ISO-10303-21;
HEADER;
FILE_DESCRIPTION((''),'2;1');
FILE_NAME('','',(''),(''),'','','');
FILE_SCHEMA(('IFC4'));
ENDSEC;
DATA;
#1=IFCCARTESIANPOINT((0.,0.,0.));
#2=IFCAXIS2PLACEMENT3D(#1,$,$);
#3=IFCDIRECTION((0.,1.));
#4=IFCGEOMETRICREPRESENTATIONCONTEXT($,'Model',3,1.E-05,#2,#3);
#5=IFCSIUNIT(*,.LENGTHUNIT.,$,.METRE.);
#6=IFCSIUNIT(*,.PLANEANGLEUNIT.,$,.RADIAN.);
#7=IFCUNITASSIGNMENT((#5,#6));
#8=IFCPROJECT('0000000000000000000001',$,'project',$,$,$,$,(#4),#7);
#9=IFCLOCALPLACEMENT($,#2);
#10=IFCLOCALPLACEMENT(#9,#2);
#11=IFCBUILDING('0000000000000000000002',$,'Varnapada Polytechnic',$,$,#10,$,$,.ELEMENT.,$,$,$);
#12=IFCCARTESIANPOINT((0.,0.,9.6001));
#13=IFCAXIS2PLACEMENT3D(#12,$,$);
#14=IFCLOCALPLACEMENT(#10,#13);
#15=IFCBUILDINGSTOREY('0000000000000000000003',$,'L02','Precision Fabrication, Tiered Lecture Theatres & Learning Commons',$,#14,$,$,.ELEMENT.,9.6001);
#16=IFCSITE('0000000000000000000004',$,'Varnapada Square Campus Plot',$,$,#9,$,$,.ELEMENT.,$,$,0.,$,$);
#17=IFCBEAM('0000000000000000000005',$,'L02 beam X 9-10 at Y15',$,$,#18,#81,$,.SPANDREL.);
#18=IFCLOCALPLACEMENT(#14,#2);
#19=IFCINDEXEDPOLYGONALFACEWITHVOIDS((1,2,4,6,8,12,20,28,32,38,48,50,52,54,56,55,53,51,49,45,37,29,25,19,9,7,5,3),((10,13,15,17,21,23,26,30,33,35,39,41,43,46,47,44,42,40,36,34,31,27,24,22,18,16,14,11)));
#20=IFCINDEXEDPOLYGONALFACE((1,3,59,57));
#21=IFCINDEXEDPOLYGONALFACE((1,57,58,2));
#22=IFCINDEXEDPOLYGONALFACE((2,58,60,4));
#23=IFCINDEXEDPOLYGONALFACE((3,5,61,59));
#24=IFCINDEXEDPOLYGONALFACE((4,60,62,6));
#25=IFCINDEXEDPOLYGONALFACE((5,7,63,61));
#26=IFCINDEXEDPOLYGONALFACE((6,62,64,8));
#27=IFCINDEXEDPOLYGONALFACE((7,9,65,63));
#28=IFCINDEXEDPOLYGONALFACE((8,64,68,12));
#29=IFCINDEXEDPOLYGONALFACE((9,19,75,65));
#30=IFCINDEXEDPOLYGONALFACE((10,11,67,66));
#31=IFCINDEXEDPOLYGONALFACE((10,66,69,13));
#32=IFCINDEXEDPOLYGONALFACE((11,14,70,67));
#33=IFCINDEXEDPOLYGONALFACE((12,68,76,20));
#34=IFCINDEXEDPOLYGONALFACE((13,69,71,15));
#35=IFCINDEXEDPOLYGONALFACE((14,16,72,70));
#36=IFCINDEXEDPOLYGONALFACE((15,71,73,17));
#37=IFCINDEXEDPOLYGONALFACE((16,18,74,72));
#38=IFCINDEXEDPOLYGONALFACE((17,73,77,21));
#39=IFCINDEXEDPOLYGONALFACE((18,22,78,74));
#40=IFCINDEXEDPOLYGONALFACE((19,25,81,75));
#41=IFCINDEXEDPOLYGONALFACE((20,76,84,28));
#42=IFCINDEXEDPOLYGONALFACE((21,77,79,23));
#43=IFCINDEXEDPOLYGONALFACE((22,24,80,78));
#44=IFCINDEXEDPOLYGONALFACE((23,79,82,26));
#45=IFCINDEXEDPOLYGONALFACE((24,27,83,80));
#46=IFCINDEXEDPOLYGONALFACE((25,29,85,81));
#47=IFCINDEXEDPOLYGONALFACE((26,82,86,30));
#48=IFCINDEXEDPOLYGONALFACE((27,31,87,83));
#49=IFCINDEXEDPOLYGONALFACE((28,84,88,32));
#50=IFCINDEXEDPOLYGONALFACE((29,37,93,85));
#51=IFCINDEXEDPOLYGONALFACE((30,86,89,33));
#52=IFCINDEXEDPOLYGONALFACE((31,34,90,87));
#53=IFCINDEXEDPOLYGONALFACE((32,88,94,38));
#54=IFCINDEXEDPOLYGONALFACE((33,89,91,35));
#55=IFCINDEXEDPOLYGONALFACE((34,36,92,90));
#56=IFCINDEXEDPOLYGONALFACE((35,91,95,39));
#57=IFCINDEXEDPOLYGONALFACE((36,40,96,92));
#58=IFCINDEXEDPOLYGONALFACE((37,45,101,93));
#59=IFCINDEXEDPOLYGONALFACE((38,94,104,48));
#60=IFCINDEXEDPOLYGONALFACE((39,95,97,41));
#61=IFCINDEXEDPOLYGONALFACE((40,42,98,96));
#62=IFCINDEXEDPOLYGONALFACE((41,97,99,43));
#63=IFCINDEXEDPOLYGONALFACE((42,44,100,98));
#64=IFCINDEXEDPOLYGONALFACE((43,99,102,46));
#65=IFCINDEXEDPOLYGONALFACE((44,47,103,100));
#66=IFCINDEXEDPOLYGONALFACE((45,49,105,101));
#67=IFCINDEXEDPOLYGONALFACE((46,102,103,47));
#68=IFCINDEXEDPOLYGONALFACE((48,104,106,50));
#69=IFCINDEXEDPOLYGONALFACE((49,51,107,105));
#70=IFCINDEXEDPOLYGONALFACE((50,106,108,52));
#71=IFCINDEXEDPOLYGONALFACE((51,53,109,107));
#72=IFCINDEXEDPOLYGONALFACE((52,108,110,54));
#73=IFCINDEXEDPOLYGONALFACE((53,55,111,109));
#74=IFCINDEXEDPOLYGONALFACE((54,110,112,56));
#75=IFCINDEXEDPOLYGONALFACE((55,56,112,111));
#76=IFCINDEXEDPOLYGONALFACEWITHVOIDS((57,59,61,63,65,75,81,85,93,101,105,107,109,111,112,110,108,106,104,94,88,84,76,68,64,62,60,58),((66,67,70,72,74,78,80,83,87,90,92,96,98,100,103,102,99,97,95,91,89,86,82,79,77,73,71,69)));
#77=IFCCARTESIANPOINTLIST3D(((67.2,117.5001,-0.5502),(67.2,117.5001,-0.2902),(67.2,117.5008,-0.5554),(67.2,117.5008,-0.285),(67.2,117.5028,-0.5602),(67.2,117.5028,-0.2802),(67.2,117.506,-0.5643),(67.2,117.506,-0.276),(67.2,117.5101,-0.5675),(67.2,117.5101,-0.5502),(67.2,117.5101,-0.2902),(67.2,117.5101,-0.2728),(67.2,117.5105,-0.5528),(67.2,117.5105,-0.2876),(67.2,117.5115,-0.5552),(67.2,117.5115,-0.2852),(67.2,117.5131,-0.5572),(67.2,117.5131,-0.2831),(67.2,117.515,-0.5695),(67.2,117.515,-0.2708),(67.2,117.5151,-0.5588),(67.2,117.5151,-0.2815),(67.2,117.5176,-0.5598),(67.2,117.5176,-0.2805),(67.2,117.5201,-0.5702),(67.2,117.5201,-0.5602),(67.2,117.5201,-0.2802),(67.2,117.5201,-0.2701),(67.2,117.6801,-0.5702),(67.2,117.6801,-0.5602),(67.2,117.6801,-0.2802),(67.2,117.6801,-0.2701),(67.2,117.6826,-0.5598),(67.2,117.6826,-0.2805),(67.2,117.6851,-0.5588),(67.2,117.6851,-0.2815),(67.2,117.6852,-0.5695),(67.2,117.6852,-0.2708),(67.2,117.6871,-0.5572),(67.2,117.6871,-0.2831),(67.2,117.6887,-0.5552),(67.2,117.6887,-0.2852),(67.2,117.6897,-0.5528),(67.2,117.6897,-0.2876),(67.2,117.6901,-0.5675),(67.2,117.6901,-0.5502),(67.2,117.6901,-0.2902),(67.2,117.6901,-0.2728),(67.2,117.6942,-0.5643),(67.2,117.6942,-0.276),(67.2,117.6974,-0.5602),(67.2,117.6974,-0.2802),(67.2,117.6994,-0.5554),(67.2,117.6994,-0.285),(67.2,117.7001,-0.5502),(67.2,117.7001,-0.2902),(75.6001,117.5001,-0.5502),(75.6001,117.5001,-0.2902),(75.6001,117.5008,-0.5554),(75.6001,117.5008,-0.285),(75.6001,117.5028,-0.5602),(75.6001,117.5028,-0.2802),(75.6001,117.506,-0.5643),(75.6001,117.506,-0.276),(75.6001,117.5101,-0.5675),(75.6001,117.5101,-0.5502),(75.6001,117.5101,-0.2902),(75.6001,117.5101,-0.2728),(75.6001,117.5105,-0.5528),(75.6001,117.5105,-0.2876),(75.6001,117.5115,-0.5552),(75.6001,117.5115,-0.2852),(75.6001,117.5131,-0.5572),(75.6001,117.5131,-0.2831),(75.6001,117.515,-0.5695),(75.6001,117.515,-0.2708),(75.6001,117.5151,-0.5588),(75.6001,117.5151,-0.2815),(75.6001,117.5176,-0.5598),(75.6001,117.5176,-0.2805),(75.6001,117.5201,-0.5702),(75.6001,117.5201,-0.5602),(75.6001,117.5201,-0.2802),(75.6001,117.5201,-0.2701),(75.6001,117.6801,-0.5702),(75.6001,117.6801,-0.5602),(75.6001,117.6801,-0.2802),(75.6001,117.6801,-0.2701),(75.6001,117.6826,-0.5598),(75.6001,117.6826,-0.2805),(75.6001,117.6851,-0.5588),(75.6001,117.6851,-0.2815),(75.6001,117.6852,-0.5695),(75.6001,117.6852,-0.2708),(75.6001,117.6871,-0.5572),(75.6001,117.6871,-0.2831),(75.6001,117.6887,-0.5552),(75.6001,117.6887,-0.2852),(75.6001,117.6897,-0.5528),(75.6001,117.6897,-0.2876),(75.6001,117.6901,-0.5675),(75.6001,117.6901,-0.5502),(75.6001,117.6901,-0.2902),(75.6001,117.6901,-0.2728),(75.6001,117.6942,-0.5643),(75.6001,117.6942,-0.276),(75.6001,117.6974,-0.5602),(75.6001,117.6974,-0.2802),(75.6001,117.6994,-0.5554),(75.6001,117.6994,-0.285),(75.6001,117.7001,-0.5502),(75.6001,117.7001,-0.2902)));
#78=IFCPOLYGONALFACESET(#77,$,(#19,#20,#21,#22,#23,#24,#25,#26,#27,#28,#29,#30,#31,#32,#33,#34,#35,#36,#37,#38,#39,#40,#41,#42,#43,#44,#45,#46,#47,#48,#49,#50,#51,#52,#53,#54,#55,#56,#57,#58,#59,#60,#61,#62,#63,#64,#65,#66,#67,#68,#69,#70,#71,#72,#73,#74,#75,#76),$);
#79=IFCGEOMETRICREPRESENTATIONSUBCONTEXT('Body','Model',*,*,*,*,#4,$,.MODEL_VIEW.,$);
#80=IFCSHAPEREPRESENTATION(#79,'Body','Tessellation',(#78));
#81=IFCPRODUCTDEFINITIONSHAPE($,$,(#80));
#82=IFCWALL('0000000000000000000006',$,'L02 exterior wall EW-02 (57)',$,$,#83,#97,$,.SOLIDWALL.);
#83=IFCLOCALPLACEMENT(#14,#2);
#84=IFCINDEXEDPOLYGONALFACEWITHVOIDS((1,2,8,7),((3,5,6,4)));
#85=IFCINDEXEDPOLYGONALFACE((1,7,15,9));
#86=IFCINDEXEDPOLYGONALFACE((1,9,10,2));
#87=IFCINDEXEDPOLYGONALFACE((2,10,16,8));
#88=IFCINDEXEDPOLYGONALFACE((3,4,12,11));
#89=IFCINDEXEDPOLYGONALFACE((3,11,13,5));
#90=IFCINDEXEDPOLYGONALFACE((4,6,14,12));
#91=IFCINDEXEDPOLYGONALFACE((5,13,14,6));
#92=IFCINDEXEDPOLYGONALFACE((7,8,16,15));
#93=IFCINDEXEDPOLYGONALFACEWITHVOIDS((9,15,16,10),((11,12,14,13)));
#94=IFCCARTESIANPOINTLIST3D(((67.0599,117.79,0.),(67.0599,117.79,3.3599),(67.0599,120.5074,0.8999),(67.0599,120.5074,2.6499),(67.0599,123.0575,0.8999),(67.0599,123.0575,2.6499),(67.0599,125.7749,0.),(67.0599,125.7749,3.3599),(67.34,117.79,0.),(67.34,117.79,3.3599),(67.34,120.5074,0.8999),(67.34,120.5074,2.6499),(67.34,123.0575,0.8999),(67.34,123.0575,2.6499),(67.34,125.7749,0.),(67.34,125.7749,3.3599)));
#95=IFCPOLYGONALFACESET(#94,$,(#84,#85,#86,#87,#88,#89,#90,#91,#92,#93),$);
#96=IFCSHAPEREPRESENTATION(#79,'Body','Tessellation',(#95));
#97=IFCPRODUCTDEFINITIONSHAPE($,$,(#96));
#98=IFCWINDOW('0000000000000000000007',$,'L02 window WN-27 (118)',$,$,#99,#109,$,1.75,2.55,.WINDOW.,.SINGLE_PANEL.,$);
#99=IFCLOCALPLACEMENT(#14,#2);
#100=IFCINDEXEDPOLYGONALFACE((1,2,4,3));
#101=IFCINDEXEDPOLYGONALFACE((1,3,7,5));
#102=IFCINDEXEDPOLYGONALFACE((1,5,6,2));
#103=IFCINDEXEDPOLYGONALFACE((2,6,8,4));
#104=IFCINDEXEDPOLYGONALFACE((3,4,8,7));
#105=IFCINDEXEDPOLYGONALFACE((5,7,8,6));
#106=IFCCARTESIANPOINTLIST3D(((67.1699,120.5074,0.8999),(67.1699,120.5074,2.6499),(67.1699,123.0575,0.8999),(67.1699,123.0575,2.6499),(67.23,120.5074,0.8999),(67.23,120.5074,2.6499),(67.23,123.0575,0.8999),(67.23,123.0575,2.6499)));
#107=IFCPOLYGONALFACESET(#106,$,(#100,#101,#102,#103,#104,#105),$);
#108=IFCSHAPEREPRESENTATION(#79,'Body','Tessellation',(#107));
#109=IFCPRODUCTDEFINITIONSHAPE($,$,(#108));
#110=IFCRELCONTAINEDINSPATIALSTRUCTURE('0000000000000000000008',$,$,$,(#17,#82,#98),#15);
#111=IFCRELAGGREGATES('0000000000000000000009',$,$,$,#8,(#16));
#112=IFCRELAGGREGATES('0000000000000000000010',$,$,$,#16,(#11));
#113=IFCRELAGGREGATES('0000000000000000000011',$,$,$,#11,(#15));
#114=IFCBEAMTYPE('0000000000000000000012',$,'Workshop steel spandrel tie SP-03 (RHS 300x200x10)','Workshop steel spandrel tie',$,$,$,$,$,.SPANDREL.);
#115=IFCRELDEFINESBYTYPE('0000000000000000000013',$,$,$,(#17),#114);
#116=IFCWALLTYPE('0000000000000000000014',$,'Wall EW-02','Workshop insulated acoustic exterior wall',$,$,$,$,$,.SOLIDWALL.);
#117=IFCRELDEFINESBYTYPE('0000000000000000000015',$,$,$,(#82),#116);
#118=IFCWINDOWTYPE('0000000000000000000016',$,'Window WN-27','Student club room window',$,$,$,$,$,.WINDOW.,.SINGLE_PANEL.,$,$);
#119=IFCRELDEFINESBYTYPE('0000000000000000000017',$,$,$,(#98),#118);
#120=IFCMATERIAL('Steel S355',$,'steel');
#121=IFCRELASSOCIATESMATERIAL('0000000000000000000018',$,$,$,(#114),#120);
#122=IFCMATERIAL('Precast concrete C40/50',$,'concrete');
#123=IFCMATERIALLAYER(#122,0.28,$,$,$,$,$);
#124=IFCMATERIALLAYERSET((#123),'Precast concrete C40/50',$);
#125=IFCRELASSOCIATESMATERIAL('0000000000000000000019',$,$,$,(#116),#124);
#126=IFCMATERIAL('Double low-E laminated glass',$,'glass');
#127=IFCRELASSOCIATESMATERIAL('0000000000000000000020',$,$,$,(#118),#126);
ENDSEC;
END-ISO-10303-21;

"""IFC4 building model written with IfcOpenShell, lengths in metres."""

from ifc_helpers import new_model, si_unit, direction, frame, frame_2d, origin, origin_2d, place, context, subcontext, project, spatial, rectangle, hollow_rectangle, extrude, material, layer, layer_set, material_profile, profile_set, type_object, element, fill, save


model = new_model("IFC4")

# Units and contexts
model_context = context("Model", 3, precision=1e-05, world=origin(), true_north=direction((0.0, 1.0)))
body_context = subcontext(model_context, "Body", "Model", "MODEL_VIEW")
ifc_project = project(units=[si_unit("LENGTHUNIT", "METRE"), si_unit("PLANEANGLEUNIT", "RADIAN")], contexts=[model_context])

# Site, building, storey
site_placement = place(None, origin())
site = spatial("IfcSite", under=ifc_project, at=site_placement, Name="Varnapada Square Campus Plot", CompositionType="ELEMENT", RefElevation=0.0)
building_placement = place(site_placement, origin())
building = spatial("IfcBuilding", under=site, at=building_placement, Name="Varnapada Polytechnic", CompositionType="ELEMENT")
storey_placement = place(building_placement, frame((0.0, 0.0, 9.6001)))
storey = spatial("IfcBuildingStorey", under=building, at=storey_placement, Name="L02", Description="Precision Fabrication, Tiered Lecture Theatres & Learning Commons", CompositionType="ELEMENT", Elevation=9.6001)

# Beam
ifc_material_1 = material(Name="Steel S355", Category="steel")
ifc_material_profile_1 = material_profile(ifc_material_1, hollow_rectangle(XDim=0.2, YDim=0.3, WallThickness=0.01, InnerFilletRadius=0.01, OuterFilletRadius=0.02, at=origin_2d()), Name="RHS 300x200x10")
ifc_profile_set_1 = profile_set([ifc_material_profile_1], Name="Steel S355")
beam_type_1 = type_object("IfcBeamType", Name="Workshop steel spandrel tie SP-03 (RHS 300x200x10)", Description="Workshop steel spandrel tie", PredefinedType="SPANDREL", material=ifc_profile_set_1)
beam_1_placement = place(storey_placement, frame((67.2, 117.6001, -0.4202), z_axis=(1.0, 0.0, 0.0), x_axis=(0.0, 1.0, 0.0)))
element("IfcBeam", 1, at=beam_1_placement, inside=storey, type_object=beam_type_1, Name="L02 beam X 9-10 at Y15", PredefinedType="SPANDREL", context=body_context, shape_type="SweptSolid", body=[
    extrude(hollow_rectangle(XDim=0.2, YDim=0.3, WallThickness=0.01, InnerFilletRadius=0.01, OuterFilletRadius=0.02, at=origin_2d()), origin(), (0.0, 0.0, 1.0), 8.4001),
])

# Wall, opening, window
ifc_material_2 = material(Name="Precast concrete C40/50", Category="concrete")
ifc_layer_1 = layer(ifc_material_2, 0.28)
ifc_layer_set_1 = layer_set([ifc_layer_1], Name="Precast concrete C40/50")
wall_type = type_object("IfcWallType", Name="Wall EW-02", Description="Workshop insulated acoustic exterior wall", PredefinedType="SOLIDWALL", material=ifc_layer_set_1)
wall_placement = place(storey_placement, frame((67.2, 125.7749, 0.0), z_axis=(0.0, 0.0, 1.0), x_axis=(0.0, -1.0, 0.0)))
wall = element("IfcWall", 2, at=wall_placement, inside=storey, type_object=wall_type, Name="L02 exterior wall EW-02 (57)", PredefinedType="SOLIDWALL", context=body_context, shape_type="SweptSolid", body=[
    extrude(rectangle(XDim=7.9849, YDim=0.28, at=frame_2d((3.9924, 0.0))), origin(), (0.0, 0.0, 1.0), 3.3599),
])
opening_1_placement = place(wall_placement, frame((2.7175, 0.0, 0.8999)))
opening_1 = element("IfcOpeningElement", 3, at=opening_1_placement, cuts=wall, PredefinedType="OPENING", context=body_context, shape_type="SweptSolid", body=[
    extrude(rectangle(XDim=2.55, YDim=1.75, at=frame_2d((1.2749, 0.875))), frame((0.0, 0.1499, 0.0), z_axis=(0.0, -1.0, 0.0), x_axis=(1.0, 0.0, 0.0)), (0.0, 0.0, 1.0), 0.3),
])
ifc_material_3 = material(Name="Double low-E laminated glass", Category="glass")
window_type = type_object("IfcWindowType", Name="Window WN-27", Description="Student club room window", PartitioningType="SINGLE_PANEL", PredefinedType="WINDOW", material=ifc_material_3)
window_placement = place(opening_1_placement, origin())
window = element("IfcWindow", 4, at=window_placement, inside=storey, type_object=window_type, Name="L02 window WN-27 (118)", OverallHeight=1.75, OverallWidth=2.55, PartitioningType="SINGLE_PANEL", PredefinedType="WINDOW", context=body_context, shape_type="SweptSolid", body=[
    extrude(rectangle(XDim=2.55, YDim=1.75, at=frame_2d((1.2749, 0.875))), frame((0.0, 0.03, 0.0), z_axis=(0.0, -1.0, 0.0), x_axis=(1.0, 0.0, 0.0)), (0.0, 0.0, 1.0), 0.0601),
])
fill(opening_1, window)

save(model, "model.ifc")
